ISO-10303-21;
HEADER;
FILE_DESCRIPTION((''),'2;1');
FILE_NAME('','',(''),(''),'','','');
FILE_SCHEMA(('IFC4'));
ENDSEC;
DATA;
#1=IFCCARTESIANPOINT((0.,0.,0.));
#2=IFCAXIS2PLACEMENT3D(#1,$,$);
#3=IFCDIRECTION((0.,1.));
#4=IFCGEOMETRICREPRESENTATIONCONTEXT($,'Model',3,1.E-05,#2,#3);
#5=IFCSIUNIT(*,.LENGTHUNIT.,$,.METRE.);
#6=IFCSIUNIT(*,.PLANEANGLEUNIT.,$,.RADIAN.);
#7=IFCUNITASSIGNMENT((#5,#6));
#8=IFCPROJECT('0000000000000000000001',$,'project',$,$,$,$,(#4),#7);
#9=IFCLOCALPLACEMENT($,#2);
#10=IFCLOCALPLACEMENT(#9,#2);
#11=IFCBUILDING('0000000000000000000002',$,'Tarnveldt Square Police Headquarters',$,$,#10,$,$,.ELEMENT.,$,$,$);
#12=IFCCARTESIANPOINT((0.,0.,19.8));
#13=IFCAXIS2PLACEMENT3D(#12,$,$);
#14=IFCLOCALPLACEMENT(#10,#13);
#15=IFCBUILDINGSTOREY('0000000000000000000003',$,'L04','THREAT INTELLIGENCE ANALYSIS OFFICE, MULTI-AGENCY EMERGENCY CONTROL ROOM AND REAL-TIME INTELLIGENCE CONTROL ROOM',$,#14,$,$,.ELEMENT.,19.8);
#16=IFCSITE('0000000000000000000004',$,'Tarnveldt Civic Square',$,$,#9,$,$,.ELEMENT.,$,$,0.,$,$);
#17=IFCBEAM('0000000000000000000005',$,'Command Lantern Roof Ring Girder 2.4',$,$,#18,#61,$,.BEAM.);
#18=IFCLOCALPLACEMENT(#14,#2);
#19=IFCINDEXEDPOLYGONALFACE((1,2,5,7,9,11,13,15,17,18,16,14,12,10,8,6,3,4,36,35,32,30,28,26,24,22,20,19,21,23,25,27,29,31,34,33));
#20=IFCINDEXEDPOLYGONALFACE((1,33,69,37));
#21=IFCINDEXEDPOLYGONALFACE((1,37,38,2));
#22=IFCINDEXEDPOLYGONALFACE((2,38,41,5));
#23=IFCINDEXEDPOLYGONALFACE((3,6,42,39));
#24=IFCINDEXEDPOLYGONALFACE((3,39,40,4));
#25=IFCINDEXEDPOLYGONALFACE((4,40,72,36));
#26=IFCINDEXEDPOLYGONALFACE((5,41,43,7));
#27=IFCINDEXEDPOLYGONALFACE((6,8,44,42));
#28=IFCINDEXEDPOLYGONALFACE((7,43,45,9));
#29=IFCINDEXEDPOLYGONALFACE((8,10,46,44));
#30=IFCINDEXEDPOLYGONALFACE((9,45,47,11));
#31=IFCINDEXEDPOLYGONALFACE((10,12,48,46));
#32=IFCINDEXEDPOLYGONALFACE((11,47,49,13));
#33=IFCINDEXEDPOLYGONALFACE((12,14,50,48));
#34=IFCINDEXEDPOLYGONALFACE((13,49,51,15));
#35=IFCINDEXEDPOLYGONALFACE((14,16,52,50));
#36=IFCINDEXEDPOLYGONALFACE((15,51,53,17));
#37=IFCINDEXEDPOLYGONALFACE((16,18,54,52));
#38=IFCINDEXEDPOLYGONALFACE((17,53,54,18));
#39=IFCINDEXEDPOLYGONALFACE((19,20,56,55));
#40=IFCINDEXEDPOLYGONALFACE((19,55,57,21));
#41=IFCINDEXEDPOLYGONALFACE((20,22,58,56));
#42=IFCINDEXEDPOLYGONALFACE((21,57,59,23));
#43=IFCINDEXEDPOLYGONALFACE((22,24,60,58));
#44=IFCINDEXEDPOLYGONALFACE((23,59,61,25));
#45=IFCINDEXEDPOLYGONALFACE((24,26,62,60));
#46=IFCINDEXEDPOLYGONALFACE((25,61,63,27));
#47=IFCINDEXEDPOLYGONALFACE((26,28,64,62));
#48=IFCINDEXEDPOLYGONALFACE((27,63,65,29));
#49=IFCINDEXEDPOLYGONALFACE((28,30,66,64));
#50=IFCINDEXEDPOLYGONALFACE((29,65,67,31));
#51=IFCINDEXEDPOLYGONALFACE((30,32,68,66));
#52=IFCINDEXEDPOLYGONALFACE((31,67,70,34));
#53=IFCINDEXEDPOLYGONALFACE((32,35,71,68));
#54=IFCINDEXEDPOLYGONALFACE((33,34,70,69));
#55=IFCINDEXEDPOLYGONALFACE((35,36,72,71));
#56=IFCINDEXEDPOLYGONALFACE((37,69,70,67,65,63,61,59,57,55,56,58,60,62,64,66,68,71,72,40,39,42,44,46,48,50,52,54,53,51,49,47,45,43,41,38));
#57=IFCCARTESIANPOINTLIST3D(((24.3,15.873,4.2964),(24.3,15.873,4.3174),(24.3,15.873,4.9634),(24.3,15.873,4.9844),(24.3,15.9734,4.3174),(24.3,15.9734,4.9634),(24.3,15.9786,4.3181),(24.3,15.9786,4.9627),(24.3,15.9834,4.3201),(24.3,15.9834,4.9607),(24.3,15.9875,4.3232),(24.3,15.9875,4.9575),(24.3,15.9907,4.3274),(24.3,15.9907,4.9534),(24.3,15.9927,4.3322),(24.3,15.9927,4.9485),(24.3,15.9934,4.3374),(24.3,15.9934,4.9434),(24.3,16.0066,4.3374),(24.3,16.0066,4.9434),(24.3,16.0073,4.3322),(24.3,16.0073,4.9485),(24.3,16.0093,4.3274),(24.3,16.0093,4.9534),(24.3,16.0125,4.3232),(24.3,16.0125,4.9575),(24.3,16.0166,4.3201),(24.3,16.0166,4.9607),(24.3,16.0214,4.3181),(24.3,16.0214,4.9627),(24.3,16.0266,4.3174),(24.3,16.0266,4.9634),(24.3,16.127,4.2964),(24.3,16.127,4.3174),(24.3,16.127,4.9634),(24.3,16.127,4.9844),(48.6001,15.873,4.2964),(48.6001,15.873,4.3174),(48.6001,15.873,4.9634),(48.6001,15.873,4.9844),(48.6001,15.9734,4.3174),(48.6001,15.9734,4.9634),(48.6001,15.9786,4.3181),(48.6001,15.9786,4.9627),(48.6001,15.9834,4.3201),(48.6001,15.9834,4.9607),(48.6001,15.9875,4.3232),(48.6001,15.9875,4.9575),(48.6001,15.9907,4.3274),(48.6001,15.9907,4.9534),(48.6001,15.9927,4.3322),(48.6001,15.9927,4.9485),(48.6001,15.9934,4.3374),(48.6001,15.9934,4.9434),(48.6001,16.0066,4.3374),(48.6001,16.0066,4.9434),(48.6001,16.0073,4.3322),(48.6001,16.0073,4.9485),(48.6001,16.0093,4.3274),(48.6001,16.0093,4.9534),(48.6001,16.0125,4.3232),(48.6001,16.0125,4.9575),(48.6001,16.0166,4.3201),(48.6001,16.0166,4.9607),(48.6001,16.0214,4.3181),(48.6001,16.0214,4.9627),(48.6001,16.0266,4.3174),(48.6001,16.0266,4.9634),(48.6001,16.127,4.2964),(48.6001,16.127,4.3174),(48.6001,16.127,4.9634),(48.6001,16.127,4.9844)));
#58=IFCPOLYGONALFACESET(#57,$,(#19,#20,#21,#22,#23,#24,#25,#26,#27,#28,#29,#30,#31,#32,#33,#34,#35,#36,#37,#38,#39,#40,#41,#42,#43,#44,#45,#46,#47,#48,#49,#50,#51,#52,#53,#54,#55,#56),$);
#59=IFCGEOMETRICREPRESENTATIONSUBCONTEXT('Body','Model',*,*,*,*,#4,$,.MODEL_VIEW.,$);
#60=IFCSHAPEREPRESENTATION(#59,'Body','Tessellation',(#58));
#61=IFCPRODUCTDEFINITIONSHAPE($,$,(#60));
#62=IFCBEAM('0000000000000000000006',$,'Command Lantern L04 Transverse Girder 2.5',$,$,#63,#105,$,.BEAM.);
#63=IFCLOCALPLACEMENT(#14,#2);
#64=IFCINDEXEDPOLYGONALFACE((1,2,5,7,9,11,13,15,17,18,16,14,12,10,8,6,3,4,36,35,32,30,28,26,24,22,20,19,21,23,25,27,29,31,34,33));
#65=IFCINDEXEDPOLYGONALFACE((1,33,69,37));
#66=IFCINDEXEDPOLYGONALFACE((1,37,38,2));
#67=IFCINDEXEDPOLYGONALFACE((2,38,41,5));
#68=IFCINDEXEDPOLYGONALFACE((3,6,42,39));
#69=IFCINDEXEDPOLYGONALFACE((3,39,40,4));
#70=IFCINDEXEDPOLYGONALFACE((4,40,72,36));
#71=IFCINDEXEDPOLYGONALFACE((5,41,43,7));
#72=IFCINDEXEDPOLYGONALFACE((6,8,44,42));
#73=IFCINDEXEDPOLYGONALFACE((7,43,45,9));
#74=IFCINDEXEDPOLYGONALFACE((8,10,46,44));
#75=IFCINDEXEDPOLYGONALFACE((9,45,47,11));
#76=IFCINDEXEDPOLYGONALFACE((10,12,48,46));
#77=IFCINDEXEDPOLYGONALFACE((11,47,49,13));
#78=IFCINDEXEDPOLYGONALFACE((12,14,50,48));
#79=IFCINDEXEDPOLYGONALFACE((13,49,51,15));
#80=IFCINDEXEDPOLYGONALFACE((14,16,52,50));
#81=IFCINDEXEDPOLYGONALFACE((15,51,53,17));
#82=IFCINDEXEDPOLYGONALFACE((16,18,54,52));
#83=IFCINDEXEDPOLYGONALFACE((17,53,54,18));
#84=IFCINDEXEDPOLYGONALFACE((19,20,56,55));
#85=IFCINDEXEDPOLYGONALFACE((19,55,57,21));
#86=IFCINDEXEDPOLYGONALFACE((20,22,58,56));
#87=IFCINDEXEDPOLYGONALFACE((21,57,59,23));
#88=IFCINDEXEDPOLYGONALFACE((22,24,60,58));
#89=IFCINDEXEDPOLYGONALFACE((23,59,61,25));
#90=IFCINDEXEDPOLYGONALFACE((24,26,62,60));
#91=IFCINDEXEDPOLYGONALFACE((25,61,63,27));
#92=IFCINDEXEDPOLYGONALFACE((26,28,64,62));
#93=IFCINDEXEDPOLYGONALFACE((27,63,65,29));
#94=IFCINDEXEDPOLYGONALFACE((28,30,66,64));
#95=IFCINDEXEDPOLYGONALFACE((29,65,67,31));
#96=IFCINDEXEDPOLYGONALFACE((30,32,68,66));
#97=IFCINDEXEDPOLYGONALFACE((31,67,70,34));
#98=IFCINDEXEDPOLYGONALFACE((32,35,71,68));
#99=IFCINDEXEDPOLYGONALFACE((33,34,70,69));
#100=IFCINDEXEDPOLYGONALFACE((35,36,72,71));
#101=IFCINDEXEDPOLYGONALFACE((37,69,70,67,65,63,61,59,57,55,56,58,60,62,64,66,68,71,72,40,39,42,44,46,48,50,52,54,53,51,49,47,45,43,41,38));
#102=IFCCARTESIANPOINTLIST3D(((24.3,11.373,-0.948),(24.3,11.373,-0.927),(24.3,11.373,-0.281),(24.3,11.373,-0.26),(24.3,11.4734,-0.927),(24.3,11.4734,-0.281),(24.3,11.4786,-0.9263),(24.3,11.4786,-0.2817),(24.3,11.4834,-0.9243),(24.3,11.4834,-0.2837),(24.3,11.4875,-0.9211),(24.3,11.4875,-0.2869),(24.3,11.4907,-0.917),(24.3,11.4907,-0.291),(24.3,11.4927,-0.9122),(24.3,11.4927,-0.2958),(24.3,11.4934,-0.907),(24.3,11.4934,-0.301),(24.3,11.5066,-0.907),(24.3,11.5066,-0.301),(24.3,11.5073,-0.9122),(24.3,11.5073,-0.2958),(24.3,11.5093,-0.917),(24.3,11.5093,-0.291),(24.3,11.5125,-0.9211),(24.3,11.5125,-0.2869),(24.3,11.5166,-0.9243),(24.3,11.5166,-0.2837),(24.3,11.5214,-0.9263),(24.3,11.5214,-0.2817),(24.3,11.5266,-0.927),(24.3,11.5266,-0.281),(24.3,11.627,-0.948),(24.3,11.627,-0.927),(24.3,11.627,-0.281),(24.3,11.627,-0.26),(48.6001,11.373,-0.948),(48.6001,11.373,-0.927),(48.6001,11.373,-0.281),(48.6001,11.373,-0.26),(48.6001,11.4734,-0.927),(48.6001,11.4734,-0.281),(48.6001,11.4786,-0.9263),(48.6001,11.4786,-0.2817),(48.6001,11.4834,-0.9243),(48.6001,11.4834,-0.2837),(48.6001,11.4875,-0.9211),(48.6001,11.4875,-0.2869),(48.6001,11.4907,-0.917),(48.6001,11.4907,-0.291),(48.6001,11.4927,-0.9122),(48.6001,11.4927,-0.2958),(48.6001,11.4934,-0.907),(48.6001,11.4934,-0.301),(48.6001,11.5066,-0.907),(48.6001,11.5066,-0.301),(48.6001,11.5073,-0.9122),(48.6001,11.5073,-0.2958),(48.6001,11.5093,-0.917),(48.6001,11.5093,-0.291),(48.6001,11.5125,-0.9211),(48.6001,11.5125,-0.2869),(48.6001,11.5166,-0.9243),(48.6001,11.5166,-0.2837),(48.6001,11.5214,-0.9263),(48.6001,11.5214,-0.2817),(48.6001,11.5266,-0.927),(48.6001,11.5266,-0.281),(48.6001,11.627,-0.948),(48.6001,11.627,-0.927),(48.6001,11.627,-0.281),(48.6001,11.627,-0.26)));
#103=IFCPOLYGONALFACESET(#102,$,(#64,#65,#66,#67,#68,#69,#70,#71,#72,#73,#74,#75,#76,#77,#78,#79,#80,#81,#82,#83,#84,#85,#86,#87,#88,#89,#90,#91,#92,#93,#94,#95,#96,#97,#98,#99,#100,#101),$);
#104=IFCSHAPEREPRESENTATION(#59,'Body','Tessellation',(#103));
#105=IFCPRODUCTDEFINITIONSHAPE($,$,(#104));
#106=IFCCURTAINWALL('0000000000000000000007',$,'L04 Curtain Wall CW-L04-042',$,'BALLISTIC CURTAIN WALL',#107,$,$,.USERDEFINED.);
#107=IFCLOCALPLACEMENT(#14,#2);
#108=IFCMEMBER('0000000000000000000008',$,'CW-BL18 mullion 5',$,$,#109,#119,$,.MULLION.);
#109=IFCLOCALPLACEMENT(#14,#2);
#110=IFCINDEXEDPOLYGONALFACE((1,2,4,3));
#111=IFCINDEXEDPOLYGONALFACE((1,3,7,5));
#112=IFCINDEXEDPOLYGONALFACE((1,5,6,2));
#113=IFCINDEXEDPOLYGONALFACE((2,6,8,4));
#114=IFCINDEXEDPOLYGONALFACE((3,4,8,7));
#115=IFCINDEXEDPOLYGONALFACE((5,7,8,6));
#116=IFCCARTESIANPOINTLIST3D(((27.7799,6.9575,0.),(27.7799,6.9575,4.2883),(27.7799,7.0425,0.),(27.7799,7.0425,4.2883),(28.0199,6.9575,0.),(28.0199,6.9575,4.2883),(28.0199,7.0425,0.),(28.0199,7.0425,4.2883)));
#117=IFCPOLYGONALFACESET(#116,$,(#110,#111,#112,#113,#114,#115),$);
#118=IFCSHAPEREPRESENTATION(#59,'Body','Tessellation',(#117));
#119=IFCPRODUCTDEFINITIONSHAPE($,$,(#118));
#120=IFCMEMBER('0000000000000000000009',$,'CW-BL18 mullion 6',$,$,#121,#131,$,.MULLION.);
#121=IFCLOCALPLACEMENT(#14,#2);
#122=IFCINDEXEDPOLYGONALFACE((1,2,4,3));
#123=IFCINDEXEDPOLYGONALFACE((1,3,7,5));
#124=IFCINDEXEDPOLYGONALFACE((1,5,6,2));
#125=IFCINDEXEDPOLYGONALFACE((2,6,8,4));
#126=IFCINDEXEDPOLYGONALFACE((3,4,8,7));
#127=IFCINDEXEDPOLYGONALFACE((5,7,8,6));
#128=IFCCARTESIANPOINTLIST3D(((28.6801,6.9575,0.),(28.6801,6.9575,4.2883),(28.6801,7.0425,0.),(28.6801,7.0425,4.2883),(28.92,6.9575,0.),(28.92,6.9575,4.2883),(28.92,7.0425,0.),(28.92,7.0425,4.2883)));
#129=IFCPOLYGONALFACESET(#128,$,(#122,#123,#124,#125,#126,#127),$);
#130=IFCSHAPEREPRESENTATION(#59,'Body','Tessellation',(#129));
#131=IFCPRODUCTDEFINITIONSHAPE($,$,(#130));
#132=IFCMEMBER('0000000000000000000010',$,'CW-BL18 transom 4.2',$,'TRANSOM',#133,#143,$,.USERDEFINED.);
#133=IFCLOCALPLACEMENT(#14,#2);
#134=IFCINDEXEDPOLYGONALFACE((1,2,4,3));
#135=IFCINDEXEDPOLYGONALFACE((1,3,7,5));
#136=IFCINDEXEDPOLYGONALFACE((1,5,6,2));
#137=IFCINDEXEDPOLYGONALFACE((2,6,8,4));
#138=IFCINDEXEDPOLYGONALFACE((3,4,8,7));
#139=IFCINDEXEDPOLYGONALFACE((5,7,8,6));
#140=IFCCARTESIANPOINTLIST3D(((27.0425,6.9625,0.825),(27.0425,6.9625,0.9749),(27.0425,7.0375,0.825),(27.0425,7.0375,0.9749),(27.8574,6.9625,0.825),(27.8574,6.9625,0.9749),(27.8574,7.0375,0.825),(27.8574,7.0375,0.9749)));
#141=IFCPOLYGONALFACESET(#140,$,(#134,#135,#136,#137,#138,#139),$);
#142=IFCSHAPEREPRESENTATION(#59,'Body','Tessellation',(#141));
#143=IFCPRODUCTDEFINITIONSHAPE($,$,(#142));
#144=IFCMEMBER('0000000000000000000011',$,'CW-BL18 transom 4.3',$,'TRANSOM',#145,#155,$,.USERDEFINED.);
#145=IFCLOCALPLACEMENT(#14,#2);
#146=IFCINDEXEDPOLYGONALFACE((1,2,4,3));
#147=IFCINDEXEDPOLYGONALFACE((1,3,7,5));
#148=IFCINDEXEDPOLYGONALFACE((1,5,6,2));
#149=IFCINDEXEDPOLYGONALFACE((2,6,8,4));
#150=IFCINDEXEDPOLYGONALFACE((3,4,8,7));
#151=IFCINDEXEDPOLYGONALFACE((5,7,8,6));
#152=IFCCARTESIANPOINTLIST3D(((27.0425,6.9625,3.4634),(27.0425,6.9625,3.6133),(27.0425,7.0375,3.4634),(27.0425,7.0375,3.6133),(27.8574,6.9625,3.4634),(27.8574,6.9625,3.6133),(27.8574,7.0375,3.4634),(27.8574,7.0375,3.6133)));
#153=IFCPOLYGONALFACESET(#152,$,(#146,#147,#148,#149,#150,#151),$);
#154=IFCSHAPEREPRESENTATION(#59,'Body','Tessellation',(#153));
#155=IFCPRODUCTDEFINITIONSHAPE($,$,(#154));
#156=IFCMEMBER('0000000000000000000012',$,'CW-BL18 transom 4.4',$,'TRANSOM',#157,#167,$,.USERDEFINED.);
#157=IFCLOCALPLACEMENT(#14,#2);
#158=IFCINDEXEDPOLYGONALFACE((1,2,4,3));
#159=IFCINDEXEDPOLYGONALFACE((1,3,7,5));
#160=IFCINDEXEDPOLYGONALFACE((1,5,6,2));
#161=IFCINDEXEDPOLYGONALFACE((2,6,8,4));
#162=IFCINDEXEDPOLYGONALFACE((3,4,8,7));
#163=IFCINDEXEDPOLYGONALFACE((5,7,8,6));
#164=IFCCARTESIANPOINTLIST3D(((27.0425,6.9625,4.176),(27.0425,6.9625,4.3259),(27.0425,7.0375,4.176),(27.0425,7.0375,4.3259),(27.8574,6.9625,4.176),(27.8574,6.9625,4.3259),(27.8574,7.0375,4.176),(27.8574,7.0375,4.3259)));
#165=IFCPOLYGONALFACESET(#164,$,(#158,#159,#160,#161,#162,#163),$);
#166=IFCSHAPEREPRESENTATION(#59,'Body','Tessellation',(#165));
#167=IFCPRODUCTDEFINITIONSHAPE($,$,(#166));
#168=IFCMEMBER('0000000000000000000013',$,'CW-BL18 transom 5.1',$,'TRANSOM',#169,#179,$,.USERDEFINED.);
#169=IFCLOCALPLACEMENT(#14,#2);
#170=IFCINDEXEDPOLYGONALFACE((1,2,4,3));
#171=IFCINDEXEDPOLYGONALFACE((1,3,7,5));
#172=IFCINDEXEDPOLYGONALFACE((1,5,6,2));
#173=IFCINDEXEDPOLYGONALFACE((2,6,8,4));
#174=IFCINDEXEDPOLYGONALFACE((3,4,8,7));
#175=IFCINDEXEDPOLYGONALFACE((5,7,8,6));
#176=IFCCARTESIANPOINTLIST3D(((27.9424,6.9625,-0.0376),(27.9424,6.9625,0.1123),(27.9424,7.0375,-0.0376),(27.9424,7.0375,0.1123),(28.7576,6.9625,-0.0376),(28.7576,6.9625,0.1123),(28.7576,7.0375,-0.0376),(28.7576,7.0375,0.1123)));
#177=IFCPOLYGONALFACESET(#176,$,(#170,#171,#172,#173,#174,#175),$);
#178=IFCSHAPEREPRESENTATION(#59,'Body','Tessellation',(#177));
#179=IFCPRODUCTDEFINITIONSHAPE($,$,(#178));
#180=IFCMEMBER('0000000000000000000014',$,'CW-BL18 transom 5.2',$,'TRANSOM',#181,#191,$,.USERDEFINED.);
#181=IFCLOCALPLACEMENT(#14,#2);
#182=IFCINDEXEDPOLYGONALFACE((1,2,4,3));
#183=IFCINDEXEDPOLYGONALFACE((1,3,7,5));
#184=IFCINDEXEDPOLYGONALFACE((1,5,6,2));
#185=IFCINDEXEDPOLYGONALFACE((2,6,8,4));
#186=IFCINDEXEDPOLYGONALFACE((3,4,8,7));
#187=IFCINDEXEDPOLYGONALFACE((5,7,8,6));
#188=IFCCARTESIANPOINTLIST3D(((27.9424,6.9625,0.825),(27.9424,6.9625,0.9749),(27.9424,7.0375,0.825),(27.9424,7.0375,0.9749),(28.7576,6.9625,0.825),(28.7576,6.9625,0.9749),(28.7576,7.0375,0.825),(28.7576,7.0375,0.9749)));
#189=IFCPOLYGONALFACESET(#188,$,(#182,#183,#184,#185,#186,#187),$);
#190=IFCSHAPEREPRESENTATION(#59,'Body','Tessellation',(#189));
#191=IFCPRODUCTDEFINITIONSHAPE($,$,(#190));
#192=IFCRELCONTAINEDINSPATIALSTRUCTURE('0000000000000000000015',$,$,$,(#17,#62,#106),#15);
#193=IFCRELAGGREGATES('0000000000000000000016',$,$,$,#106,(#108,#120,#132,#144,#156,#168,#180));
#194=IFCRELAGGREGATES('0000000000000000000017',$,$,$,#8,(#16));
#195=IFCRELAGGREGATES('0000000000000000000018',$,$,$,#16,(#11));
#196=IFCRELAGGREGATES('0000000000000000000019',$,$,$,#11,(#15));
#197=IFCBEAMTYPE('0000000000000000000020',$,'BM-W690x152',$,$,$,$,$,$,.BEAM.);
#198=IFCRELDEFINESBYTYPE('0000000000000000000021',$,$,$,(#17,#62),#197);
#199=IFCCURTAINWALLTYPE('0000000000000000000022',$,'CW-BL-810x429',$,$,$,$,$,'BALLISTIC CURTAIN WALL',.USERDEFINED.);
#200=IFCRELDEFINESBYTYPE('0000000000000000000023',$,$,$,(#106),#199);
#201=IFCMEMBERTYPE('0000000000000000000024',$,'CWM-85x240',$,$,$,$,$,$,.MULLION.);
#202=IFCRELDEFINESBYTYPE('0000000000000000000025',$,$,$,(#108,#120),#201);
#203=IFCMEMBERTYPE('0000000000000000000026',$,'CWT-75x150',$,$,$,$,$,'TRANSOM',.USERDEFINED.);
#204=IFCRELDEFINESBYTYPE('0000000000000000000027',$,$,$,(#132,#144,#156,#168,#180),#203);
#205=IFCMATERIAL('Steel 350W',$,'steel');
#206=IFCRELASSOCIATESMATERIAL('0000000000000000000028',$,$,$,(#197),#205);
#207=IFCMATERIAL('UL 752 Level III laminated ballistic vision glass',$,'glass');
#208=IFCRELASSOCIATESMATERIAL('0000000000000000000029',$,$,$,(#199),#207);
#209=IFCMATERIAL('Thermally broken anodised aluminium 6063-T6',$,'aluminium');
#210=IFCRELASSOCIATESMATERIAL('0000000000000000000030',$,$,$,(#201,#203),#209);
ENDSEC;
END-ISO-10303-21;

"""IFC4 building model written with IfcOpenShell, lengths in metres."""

from ifc_helpers import new_model, si_unit, direction, frame, origin, origin_2d, place, context, subcontext, project, spatial, rectangle, i_section, extrude, material, material_profile, profile_set, type_object, element, aggregate, save


model = new_model("IFC4")

# Units and contexts
model_context = context("Model", 3, precision=1e-05, world=origin(), true_north=direction((0.0, 1.0)))
body_context = subcontext(model_context, "Body", "Model", "MODEL_VIEW")
ifc_project = project(units=[si_unit("LENGTHUNIT", "METRE"), si_unit("PLANEANGLEUNIT", "RADIAN")], contexts=[model_context])

# Site, building, storey
site_placement = place(None, origin())
site = spatial("IfcSite", under=ifc_project, at=site_placement, Name="Tarnveldt Civic Square", CompositionType="ELEMENT", RefElevation=0.0)
building_placement = place(site_placement, origin())
building = spatial("IfcBuilding", under=site, at=building_placement, Name="Tarnveldt Square Police Headquarters", CompositionType="ELEMENT")
storey_placement = place(building_placement, frame((0.0, 0.0, 19.8)))
storey = spatial("IfcBuildingStorey", under=building, at=storey_placement, Name="L04", Description="THREAT INTELLIGENCE ANALYSIS OFFICE, MULTI-AGENCY EMERGENCY CONTROL ROOM AND REAL-TIME INTELLIGENCE CONTROL ROOM", CompositionType="ELEMENT", Elevation=19.8)

# Shared definitions
ifc_material_1 = material(Name="Steel 350W", Category="steel")

# Beams
ifc_material_profile_1 = material_profile(ifc_material_1, i_section(OverallWidth=0.2539, OverallDepth=0.688, WebThickness=0.0132, FlangeThickness=0.021, FilletRadius=0.02, at=origin_2d()), Name="W690x152")
ifc_profile_set_1 = profile_set([ifc_material_profile_1], Name="Steel 350W")
beam_type_1 = type_object("IfcBeamType", Name="BM-W690x152", PredefinedType="BEAM", material=ifc_profile_set_1)
for number, where, z_axis, x_axis, name in (
    (1, (24.3, 16.0, 4.6404), (1.0, 0.0, 0.0), (0.0, 1.0, 0.0), "Command Lantern Roof Ring Girder 2.4"),
    (2, (24.3, 11.5, -0.604), (1.0, 0.0, 0.0), (0.0, 1.0, 0.0), "Command Lantern L04 Transverse Girder 2.5"),
):
    element("IfcBeam", number, at=place(storey_placement, frame(where, z_axis=z_axis, x_axis=x_axis)), inside=storey, type_object=beam_type_1, Name=name, PredefinedType="BEAM", context=body_context, shape_type="SweptSolid", body=[
        extrude(i_section(OverallWidth=0.2539, OverallDepth=0.688, WebThickness=0.0132, FlangeThickness=0.021, FilletRadius=0.02, at=origin_2d()), origin(), (0.0, 0.0, 1.0), 24.3),
    ])

# Curtain wall, members
ifc_material_2 = material(Name="UL 752 Level III laminated ballistic vision glass", Category="glass")
curtain_wall_type = type_object("IfcCurtainWallType", Name="CW-BL-810x429", ElementType="BALLISTIC CURTAIN WALL", PredefinedType="USERDEFINED", material=ifc_material_2)
curtain_wall_placement = place(storey_placement, origin())
curtain_wall = element("IfcCurtainWall", 3, at=curtain_wall_placement, inside=storey, type_object=curtain_wall_type, Name="L04 Curtain Wall CW-L04-042", ObjectType="BALLISTIC CURTAIN WALL", PredefinedType="USERDEFINED")
ifc_material_3 = material(Name="Thermally broken anodised aluminium 6063-T6", Category="aluminium")
ifc_material_profile_2 = material_profile(ifc_material_3, rectangle(XDim=0.085, YDim=0.24, at=origin_2d()), Name="CW-M85x240")
ifc_profile_set_2 = profile_set([ifc_material_profile_2], Name="Thermally broken anodised aluminium 6063-T6")
member_type_1 = type_object("IfcMemberType", Name="CWM-85x240", PredefinedType="MULLION", material=ifc_profile_set_2)
member_1_placement = place(storey_placement, frame((27.8999, 7.0, 0.0), z_axis=(0.0, 0.0, 1.0), x_axis=(0.0, 1.0, 0.0)))
member_1 = element("IfcMember", 4, at=member_1_placement, type_object=member_type_1, Name="CW-BL18 mullion 5", PredefinedType="MULLION", context=body_context, shape_type="SweptSolid", body=[
    extrude(rectangle(XDim=0.085, YDim=0.24, at=origin_2d()), origin(), (0.0, 0.0, 1.0), 4.2883),
])
member_2_placement = place(storey_placement, frame((28.8, 7.0, 0.0), z_axis=(0.0, 0.0, 1.0), x_axis=(0.0, 1.0, 0.0)))
member_2 = element("IfcMember", 5, at=member_2_placement, type_object=member_type_1, Name="CW-BL18 mullion 6", PredefinedType="MULLION", context=body_context, shape_type="SweptSolid", body=[
    extrude(rectangle(XDim=0.085, YDim=0.24, at=origin_2d()), origin(), (0.0, 0.0, 1.0), 4.2883),
])
ifc_material_profile_3 = material_profile(ifc_material_3, rectangle(XDim=0.075, YDim=0.1499, at=origin_2d()), Name="CW-T75x150")
ifc_profile_set_3 = profile_set([ifc_material_profile_3], Name="Thermally broken anodised aluminium 6063-T6")
member_type_2 = type_object("IfcMemberType", Name="CWT-75x150", ElementType="TRANSOM", PredefinedType="USERDEFINED", material=ifc_profile_set_3)
member_3_placement = place(storey_placement, frame((27.0425, 7.0, 0.8999), z_axis=(1.0, 0.0, 0.0), x_axis=(0.0, 1.0, 0.0)))
member_3 = element("IfcMember", 6, at=member_3_placement, type_object=member_type_2, Name="CW-BL18 transom 4.2", ObjectType="TRANSOM", PredefinedType="USERDEFINED", context=body_context, shape_type="SweptSolid", body=[
    extrude(rectangle(XDim=0.075, YDim=0.1499, at=origin_2d()), origin(), (0.0, 0.0, 1.0), 0.8149),
])
member_4_placement = place(storey_placement, frame((27.0425, 7.0, 3.5383), z_axis=(1.0, 0.0, 0.0), x_axis=(0.0, 1.0, 0.0)))
member_4 = element("IfcMember", 7, at=member_4_placement, type_object=member_type_2, Name="CW-BL18 transom 4.3", ObjectType="TRANSOM", PredefinedType="USERDEFINED", context=body_context, shape_type="SweptSolid", body=[
    extrude(rectangle(XDim=0.075, YDim=0.1499, at=origin_2d()), origin(), (0.0, 0.0, 1.0), 0.8149),
])
member_5_placement = place(storey_placement, frame((27.0425, 7.0, 4.251), z_axis=(1.0, 0.0, 0.0), x_axis=(0.0, 1.0, 0.0)))
member_5 = element("IfcMember", 8, at=member_5_placement, type_object=member_type_2, Name="CW-BL18 transom 4.4", ObjectType="TRANSOM", PredefinedType="USERDEFINED", context=body_context, shape_type="SweptSolid", body=[
    extrude(rectangle(XDim=0.075, YDim=0.1499, at=origin_2d()), origin(), (0.0, 0.0, 1.0), 0.8149),
])
member_6_placement = place(storey_placement, frame((27.9424, 7.0, 0.0374), z_axis=(1.0, 0.0, 0.0), x_axis=(0.0, 1.0, 0.0)))
member_6 = element("IfcMember", 9, at=member_6_placement, type_object=member_type_2, Name="CW-BL18 transom 5.1", ObjectType="TRANSOM", PredefinedType="USERDEFINED", context=body_context, shape_type="SweptSolid", body=[
    extrude(rectangle(XDim=0.075, YDim=0.1499, at=origin_2d()), origin(), (0.0, 0.0, 1.0), 0.8152),
])
member_7_placement = place(storey_placement, frame((27.9424, 7.0, 0.8999), z_axis=(1.0, 0.0, 0.0), x_axis=(0.0, 1.0, 0.0)))
member_7 = element("IfcMember", 10, at=member_7_placement, type_object=member_type_2, Name="CW-BL18 transom 5.2", ObjectType="TRANSOM", PredefinedType="USERDEFINED", context=body_context, shape_type="SweptSolid", body=[
    extrude(rectangle(XDim=0.075, YDim=0.1499, at=origin_2d()), origin(), (0.0, 0.0, 1.0), 0.8152),
])

aggregate(curtain_wall, [member_1, member_2, member_3, member_4, member_5, member_6, member_7])

save(model, "model.ifc")
